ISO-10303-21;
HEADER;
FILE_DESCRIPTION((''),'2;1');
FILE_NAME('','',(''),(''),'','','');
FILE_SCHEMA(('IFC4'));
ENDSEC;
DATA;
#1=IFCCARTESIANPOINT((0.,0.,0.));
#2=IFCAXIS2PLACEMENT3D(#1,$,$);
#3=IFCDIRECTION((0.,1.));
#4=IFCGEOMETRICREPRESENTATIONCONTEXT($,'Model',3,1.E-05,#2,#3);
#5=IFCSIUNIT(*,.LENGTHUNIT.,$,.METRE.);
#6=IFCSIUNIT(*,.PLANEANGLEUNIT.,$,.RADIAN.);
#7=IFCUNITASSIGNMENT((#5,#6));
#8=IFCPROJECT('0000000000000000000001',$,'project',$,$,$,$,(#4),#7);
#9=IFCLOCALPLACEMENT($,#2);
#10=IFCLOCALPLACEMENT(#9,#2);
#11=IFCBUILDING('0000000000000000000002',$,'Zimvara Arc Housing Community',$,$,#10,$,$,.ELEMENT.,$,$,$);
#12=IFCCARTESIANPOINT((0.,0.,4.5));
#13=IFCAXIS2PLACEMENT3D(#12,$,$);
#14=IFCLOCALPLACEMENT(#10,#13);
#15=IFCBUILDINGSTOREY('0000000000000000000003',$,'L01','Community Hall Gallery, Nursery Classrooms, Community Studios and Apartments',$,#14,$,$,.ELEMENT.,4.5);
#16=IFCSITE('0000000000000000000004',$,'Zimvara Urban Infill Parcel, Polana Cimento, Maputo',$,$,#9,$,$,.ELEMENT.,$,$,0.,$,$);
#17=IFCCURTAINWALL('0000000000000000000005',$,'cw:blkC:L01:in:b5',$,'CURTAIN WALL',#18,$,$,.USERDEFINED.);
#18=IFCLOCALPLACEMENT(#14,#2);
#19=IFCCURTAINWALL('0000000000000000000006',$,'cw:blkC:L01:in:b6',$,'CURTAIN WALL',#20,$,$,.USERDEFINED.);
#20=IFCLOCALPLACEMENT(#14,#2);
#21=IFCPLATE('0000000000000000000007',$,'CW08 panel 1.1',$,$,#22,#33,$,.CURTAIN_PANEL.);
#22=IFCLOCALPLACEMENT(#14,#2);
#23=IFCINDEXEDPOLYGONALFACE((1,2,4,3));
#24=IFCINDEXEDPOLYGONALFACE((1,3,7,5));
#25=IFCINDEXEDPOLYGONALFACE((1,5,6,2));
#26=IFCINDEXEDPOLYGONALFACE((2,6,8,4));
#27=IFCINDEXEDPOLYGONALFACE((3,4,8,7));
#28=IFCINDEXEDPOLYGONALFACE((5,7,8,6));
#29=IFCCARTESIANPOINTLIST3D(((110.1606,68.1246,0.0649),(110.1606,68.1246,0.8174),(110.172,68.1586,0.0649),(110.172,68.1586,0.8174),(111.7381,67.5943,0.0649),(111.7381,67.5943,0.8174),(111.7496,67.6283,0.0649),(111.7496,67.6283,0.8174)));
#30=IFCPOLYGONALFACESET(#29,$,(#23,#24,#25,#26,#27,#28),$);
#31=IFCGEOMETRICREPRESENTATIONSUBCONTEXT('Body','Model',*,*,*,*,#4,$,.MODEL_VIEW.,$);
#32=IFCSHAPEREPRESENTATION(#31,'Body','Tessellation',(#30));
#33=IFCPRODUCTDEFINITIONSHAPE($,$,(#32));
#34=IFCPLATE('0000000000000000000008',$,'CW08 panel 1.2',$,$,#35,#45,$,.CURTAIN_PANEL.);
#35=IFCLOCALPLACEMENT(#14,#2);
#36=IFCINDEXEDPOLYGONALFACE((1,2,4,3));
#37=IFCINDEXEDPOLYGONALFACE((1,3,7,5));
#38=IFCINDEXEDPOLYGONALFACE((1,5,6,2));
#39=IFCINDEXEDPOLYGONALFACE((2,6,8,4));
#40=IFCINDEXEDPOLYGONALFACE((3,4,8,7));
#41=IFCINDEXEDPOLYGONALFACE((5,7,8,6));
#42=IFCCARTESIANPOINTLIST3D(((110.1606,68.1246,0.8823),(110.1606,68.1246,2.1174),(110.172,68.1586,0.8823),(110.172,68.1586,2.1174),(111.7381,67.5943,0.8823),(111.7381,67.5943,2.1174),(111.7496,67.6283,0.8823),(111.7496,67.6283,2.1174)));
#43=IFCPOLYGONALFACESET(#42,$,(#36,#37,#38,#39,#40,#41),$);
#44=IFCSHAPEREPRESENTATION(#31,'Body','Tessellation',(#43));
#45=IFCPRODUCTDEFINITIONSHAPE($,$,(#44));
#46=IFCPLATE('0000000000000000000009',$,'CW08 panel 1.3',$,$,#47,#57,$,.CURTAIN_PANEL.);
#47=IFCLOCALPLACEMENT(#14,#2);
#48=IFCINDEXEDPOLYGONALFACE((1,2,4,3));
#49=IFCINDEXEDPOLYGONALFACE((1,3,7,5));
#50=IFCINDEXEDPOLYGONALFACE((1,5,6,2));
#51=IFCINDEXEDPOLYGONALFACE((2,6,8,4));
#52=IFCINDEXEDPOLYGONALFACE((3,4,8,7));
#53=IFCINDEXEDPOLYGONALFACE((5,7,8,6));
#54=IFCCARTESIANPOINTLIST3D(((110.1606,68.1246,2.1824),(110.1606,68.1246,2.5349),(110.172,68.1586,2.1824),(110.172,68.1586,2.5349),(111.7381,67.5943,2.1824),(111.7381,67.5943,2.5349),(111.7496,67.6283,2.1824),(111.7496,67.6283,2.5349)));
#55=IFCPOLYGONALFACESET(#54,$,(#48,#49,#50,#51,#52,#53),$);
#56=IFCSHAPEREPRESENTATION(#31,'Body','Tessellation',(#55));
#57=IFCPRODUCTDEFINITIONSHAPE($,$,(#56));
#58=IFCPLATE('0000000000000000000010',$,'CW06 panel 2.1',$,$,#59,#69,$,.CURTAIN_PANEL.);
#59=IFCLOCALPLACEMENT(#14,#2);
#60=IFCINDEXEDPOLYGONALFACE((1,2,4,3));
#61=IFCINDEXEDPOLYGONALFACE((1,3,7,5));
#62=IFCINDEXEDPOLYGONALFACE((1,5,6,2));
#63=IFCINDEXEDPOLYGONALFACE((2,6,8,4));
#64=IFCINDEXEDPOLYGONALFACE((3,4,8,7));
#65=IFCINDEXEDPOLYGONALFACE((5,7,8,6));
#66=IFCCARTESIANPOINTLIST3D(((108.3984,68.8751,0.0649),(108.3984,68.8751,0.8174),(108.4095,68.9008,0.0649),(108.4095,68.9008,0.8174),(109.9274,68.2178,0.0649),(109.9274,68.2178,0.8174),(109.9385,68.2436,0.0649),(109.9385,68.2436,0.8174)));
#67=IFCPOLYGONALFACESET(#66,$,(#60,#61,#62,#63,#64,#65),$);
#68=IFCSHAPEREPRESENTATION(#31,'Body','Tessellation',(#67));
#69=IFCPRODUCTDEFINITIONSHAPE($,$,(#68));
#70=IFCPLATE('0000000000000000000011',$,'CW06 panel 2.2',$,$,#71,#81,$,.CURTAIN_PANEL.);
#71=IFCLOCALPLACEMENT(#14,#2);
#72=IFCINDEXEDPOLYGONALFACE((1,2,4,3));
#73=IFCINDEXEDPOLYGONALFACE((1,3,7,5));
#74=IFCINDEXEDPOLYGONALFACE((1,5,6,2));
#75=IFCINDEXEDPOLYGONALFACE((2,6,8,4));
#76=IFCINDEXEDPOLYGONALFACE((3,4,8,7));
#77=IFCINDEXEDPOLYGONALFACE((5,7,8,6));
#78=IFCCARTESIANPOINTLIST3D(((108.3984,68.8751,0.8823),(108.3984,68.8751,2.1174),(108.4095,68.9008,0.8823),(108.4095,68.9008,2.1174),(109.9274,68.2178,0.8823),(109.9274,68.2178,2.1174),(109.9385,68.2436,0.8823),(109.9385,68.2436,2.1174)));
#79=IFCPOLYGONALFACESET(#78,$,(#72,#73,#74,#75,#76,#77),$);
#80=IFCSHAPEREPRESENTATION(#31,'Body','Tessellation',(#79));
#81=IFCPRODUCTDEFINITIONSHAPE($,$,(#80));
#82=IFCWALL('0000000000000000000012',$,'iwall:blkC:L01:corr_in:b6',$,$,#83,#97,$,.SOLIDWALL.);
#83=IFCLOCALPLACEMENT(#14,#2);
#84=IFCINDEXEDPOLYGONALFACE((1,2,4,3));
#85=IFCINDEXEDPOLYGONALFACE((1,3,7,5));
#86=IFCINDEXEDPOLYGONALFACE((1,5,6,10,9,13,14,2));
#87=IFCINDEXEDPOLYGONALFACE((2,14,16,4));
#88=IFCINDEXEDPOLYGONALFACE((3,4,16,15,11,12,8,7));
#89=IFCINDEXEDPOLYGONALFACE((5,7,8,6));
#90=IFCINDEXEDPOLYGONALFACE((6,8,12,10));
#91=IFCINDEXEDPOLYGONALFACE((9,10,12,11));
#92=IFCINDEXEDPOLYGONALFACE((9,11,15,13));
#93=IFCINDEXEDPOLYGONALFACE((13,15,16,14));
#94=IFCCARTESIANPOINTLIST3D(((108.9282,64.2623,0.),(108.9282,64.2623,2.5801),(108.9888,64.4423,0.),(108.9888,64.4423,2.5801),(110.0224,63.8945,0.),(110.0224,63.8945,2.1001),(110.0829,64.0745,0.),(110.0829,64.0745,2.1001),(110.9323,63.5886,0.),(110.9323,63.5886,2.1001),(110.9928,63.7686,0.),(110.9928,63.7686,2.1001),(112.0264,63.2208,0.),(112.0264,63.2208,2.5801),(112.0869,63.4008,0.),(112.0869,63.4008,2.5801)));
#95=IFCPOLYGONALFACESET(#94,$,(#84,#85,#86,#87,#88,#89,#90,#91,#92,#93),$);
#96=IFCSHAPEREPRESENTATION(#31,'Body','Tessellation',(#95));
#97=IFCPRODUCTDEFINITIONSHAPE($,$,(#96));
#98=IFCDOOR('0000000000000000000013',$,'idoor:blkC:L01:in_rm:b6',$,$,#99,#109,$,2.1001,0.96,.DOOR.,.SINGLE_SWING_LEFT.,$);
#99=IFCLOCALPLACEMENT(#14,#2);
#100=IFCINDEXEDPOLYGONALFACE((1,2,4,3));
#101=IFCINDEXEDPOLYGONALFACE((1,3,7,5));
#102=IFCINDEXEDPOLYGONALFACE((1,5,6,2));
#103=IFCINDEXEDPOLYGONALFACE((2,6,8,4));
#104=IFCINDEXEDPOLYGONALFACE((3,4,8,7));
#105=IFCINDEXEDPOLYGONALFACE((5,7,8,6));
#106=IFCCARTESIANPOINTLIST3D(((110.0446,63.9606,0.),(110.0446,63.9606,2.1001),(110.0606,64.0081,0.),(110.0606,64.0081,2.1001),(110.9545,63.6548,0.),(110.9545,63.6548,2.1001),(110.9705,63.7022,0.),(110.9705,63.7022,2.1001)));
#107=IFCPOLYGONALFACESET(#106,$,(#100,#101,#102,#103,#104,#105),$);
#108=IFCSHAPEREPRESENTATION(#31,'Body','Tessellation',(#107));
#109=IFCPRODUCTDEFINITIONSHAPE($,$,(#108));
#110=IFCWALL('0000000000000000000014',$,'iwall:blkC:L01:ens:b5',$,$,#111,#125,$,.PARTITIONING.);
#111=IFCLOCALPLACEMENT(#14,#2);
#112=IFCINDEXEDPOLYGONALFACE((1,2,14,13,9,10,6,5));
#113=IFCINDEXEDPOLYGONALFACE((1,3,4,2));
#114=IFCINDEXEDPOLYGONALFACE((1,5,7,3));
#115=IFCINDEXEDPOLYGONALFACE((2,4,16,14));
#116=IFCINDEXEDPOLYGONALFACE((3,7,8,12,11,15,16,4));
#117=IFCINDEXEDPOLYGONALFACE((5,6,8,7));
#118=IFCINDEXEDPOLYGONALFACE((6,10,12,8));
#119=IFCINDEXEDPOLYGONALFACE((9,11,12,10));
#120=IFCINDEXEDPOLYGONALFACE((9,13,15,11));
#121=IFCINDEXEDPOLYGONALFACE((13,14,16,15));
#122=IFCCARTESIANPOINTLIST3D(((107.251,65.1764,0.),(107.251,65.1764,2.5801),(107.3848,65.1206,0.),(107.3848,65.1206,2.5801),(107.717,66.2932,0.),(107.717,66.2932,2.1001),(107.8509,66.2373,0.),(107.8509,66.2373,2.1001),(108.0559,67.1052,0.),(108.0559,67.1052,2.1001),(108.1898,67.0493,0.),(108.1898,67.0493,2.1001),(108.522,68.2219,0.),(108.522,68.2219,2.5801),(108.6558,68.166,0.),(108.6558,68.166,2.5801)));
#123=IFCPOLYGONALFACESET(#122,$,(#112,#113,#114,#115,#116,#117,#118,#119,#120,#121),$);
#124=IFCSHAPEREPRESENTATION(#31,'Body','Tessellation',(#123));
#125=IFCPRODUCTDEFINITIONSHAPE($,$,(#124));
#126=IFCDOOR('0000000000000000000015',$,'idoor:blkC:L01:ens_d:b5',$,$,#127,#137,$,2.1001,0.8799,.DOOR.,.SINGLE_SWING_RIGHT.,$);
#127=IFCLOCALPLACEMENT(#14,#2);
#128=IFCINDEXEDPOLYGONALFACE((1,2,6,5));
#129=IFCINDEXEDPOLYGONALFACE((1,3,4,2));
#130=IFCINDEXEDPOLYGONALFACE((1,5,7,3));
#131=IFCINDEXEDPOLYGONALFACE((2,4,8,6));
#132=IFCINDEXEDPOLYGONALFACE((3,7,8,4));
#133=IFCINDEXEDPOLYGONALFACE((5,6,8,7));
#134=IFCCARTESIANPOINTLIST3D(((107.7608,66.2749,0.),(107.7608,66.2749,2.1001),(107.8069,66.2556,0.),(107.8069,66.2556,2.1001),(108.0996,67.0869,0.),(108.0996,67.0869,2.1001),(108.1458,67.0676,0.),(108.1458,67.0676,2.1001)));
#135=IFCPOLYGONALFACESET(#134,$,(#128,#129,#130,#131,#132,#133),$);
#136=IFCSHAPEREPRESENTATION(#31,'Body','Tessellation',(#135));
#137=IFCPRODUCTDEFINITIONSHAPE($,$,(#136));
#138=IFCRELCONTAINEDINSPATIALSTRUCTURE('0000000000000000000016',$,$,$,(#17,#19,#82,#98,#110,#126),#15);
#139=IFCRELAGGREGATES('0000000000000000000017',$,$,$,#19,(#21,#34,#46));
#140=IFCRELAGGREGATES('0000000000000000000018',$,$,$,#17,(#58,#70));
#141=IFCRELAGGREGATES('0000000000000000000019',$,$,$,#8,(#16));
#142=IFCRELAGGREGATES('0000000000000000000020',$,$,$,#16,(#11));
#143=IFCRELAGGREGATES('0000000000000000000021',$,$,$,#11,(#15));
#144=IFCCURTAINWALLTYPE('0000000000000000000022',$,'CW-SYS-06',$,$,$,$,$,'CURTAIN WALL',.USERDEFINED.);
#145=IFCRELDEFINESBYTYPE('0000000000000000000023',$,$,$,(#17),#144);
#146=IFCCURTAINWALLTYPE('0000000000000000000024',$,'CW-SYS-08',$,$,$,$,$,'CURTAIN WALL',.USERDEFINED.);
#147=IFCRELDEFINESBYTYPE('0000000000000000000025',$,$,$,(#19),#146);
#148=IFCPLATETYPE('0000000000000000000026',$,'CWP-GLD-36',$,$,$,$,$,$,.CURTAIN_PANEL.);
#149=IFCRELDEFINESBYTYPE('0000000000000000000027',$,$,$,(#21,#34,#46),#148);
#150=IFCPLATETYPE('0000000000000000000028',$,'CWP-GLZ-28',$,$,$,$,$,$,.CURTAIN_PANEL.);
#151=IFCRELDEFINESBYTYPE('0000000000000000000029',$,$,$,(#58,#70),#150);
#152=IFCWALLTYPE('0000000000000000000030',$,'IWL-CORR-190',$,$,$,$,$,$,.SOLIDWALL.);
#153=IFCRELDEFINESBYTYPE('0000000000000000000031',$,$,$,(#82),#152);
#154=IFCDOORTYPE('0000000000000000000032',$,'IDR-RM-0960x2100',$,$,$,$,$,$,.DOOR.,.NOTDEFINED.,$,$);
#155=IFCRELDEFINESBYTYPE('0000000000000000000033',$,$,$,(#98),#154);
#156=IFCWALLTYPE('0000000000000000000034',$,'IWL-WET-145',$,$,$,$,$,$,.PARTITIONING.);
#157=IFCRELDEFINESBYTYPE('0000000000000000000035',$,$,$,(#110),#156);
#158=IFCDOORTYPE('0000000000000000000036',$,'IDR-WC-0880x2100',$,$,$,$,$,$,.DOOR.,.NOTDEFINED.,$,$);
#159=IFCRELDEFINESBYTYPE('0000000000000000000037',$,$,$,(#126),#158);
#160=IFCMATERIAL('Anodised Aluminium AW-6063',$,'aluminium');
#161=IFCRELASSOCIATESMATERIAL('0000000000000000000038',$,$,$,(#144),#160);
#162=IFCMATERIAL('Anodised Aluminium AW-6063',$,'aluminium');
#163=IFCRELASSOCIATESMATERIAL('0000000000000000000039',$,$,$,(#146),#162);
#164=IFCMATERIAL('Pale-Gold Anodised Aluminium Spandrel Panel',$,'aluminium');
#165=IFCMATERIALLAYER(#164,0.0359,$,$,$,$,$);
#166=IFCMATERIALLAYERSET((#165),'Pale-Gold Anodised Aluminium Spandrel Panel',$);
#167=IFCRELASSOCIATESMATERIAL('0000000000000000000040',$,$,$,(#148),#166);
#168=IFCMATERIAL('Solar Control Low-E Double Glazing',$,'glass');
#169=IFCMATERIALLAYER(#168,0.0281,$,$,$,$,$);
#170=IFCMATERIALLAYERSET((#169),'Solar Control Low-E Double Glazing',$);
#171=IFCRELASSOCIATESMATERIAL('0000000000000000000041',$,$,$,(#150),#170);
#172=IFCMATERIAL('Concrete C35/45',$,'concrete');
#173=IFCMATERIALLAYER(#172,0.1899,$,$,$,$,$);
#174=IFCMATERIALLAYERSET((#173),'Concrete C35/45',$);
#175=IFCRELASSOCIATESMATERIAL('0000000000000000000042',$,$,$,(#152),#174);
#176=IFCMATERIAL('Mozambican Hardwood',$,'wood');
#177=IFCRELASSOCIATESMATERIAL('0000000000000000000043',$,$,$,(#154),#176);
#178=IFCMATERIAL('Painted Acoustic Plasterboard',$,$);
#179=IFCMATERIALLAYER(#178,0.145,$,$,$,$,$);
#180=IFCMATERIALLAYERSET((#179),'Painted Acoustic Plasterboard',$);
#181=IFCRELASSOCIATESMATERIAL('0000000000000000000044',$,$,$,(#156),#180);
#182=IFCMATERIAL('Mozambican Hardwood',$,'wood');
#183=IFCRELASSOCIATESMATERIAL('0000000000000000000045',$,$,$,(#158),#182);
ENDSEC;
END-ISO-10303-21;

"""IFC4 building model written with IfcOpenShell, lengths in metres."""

from ifc_helpers import new_model, si_unit, direction, frame, frame_2d, origin, origin_2d, place, context, subcontext, project, spatial, rectangle, extrude, material, layer, layer_set, type_object, element, fill, aggregate, save


model = new_model("IFC4")

# Units and contexts
model_context = context("Model", 3, precision=1e-05, world=origin(), true_north=direction((0.0, 1.0)))
body_context = subcontext(model_context, "Body", "Model", "MODEL_VIEW")
ifc_project = project(units=[si_unit("LENGTHUNIT", "METRE"), si_unit("PLANEANGLEUNIT", "RADIAN")], contexts=[model_context])

# Site, building, storey
site_placement = place(None, origin())
site = spatial("IfcSite", under=ifc_project, at=site_placement, Name="Zimvara Urban Infill Parcel, Polana Cimento, Maputo", CompositionType="ELEMENT", RefElevation=0.0)
building_placement = place(site_placement, origin())
building = spatial("IfcBuilding", under=site, at=building_placement, Name="Zimvara Arc Housing Community", CompositionType="ELEMENT")
storey_placement = place(building_placement, frame((0.0, 0.0, 4.5)))
storey = spatial("IfcBuildingStorey", under=building, at=storey_placement, Name="L01", Description="Community Hall Gallery, Nursery Classrooms, Community Studios and Apartments", CompositionType="ELEMENT", Elevation=4.5)

# Curtain wall
ifc_material_1 = material(Name="Anodised Aluminium AW-6063", Category="aluminium")
curtain_wall_type_1 = type_object("IfcCurtainWallType", Name="CW-SYS-06", ElementType="CURTAIN WALL", PredefinedType="USERDEFINED", material=ifc_material_1)
curtain_wall_1_placement = place(storey_placement, origin())
curtain_wall_1 = element("IfcCurtainWall", 1, at=curtain_wall_1_placement, inside=storey, type_object=curtain_wall_type_1, Name="cw:blkC:L01:in:b5", ObjectType="CURTAIN WALL", PredefinedType="USERDEFINED")

# Curtain wall, plates
ifc_material_2 = material(Name="Anodised Aluminium AW-6063", Category="aluminium")
curtain_wall_type_2 = type_object("IfcCurtainWallType", Name="CW-SYS-08", ElementType="CURTAIN WALL", PredefinedType="USERDEFINED", material=ifc_material_2)
curtain_wall_2_placement = place(storey_placement, origin())
curtain_wall_2 = element("IfcCurtainWall", 2, at=curtain_wall_2_placement, inside=storey, type_object=curtain_wall_type_2, Name="cw:blkC:L01:in:b6", ObjectType="CURTAIN WALL", PredefinedType="USERDEFINED")
ifc_material_3 = material(Name="Pale-Gold Anodised Aluminium Spandrel Panel", Category="aluminium")
ifc_layer_1 = layer(ifc_material_3, 0.0359)
ifc_layer_set_1 = layer_set([ifc_layer_1], Name="Pale-Gold Anodised Aluminium Spandrel Panel")
plate_type_1 = type_object("IfcPlateType", Name="CWP-GLD-36", PredefinedType="CURTAIN_PANEL", material=ifc_layer_set_1)
plate_1_placement = place(storey_placement, frame((110.9551, 67.8765, 0.0649), z_axis=(0.0, 0.0, 1.0), x_axis=(0.947879, -0.31863, 0.0)))
plate_1 = element("IfcPlate", 3, at=plate_1_placement, type_object=plate_type_1, Name="CW08 panel 1.1", PredefinedType="CURTAIN_PANEL", context=body_context, shape_type="SweptSolid", body=[
    extrude(rectangle(XDim=1.6643, YDim=0.0359, at=origin_2d()), origin(), (0.0, 0.0, 1.0), 0.7524),
])
plate_2_placement = place(storey_placement, frame((110.9551, 67.8765, 0.8823), z_axis=(0.0, 0.0, 1.0), x_axis=(0.947879, -0.31863, 0.0)))
plate_2 = element("IfcPlate", 4, at=plate_2_placement, type_object=plate_type_1, Name="CW08 panel 1.2", PredefinedType="CURTAIN_PANEL", context=body_context, shape_type="SweptSolid", body=[
    extrude(rectangle(XDim=1.6643, YDim=0.0359, at=origin_2d()), origin(), (0.0, 0.0, 1.0), 1.2351),
])
plate_3_placement = place(storey_placement, frame((110.9551, 67.8765, 2.1824), z_axis=(0.0, 0.0, 1.0), x_axis=(0.947879, -0.31863, 0.0)))
plate_3 = element("IfcPlate", 5, at=plate_3_placement, type_object=plate_type_1, Name="CW08 panel 1.3", PredefinedType="CURTAIN_PANEL", context=body_context, shape_type="SweptSolid", body=[
    extrude(rectangle(XDim=1.6643, YDim=0.0359, at=origin_2d()), origin(), (0.0, 0.0, 1.0), 0.3525),
])
aggregate(curtain_wall_2, [plate_1, plate_2, plate_3])

# Plates
ifc_material_4 = material(Name="Solar Control Low-E Double Glazing", Category="glass")
ifc_layer_2 = layer(ifc_material_4, 0.0281)
ifc_layer_set_2 = layer_set([ifc_layer_2], Name="Solar Control Low-E Double Glazing")
plate_type_2 = type_object("IfcPlateType", Name="CWP-GLZ-28", PredefinedType="CURTAIN_PANEL", material=ifc_layer_set_2)
plate_4_placement = place(storey_placement, frame((109.1685, 68.5593, 0.0649), z_axis=(0.0, 0.0, 1.0), x_axis=(0.918722, -0.394904, 0.0)))
plate_4 = element("IfcPlate", 6, at=plate_4_placement, type_object=plate_type_2, Name="CW06 panel 2.1", PredefinedType="CURTAIN_PANEL", context=body_context, shape_type="SweptSolid", body=[
    extrude(rectangle(XDim=1.6643, YDim=0.0281, at=origin_2d()), origin(), (0.0, 0.0, 1.0), 0.7524),
])
plate_5_placement = place(storey_placement, frame((109.1685, 68.5593, 0.8823), z_axis=(0.0, 0.0, 1.0), x_axis=(0.918722, -0.394904, 0.0)))
plate_5 = element("IfcPlate", 7, at=plate_5_placement, type_object=plate_type_2, Name="CW06 panel 2.2", PredefinedType="CURTAIN_PANEL", context=body_context, shape_type="SweptSolid", body=[
    extrude(rectangle(XDim=1.6643, YDim=0.0281, at=origin_2d()), origin(), (0.0, 0.0, 1.0), 1.2351),
])
aggregate(curtain_wall_1, [plate_4, plate_5])

# Walls, openings, doors
ifc_material_5 = material(Name="Concrete C35/45", Category="concrete")
ifc_layer_3 = layer(ifc_material_5, 0.1899)
ifc_layer_set_3 = layer_set([ifc_layer_3], Name="Concrete C35/45")
wall_type_1 = type_object("IfcWallType", Name="IWL-CORR-190", PredefinedType="SOLIDWALL", material=ifc_layer_set_3)
wall_1_placement = place(storey_placement, frame((108.9585, 64.3523, 0.0), z_axis=(0.0, 0.0, 1.0), x_axis=(0.947874, -0.318647, 0.0)))
wall_1 = element("IfcWall", 8, at=wall_1_placement, inside=storey, type_object=wall_type_1, Name="iwall:blkC:L01:corr_in:b6", PredefinedType="SOLIDWALL", context=body_context, shape_type="SweptSolid", body=[
    extrude(rectangle(XDim=3.2686, YDim=0.1899, at=frame_2d((1.6343, 0.0))), origin(), (0.0, 0.0, 1.0), 2.5801),
])
opening_1_placement = place(wall_1_placement, frame((1.1543, 0.0, 0.0)))
opening_1 = element("IfcOpeningElement", 9, at=opening_1_placement, cuts=wall_1, PredefinedType="OPENING", context=body_context, shape_type="SweptSolid", body=[
    extrude(rectangle(XDim=0.96, YDim=2.1001, at=frame_2d((0.48, 1.05))), frame((0.0, 0.105, 0.0), z_axis=(0.0, -1.0, 0.0), x_axis=(1.0, 0.0, 0.0)), (0.0, 0.0, 1.0), 0.21),
])
ifc_material_6 = material(Name="Mozambican Hardwood", Category="wood")
door_type_1 = type_object("IfcDoorType", Name="IDR-RM-0960x2100", OperationType="NOTDEFINED", PredefinedType="DOOR", material=ifc_material_6)
door_1_placement = place(opening_1_placement, origin())
door_1 = element("IfcDoor", 10, at=door_1_placement, inside=storey, type_object=door_type_1, Name="idoor:blkC:L01:in_rm:b6", OperationType="SINGLE_SWING_LEFT", OverallHeight=2.1001, OverallWidth=0.96, PredefinedType="DOOR", context=body_context, shape_type="SweptSolid", body=[
    extrude(rectangle(XDim=0.96, YDim=2.1001, at=frame_2d((0.48, 1.05))), frame((0.0, 0.0249, 0.0), z_axis=(0.0, -1.0, 0.0), x_axis=(1.0, 0.0, 0.0)), (0.0, 0.0, 1.0), 0.05),
])
fill(opening_1, door_1)
ifc_material_7 = material(Name="Painted Acoustic Plasterboard")
ifc_layer_4 = layer(ifc_material_7, 0.145)
ifc_layer_set_4 = layer_set([ifc_layer_4], Name="Painted Acoustic Plasterboard")
wall_type_2 = type_object("IfcWallType", Name="IWL-WET-145", PredefinedType="PARTITIONING", material=ifc_layer_set_4)
wall_2_placement = place(storey_placement, frame((108.5889, 68.1938, 0.0), z_axis=(0.0, 0.0, 1.0), x_axis=(-0.385151, -0.922854, 0.0)))
wall_2 = element("IfcWall", 11, at=wall_2_placement, inside=storey, type_object=wall_type_2, Name="iwall:blkC:L01:ens:b5", PredefinedType="PARTITIONING", context=body_context, shape_type="SweptSolid", body=[
    extrude(rectangle(XDim=3.3, YDim=0.145, at=frame_2d((1.6499, 0.0))), origin(), (0.0, 0.0, 1.0), 2.5801),
])
opening_2_placement = place(wall_2_placement, frame((1.21, 0.0, 0.0)))
opening_2 = element("IfcOpeningElement", 12, at=opening_2_placement, cuts=wall_2, PredefinedType="OPENING", context=body_context, shape_type="SweptSolid", body=[
    extrude(rectangle(XDim=0.8799, YDim=2.1001, at=frame_2d((0.4399, 1.05))), frame((0.0, 0.0825, 0.0), z_axis=(0.0, -1.0, 0.0), x_axis=(1.0, 0.0, 0.0)), (0.0, 0.0, 1.0), 0.165),
])
ifc_material_8 = material(Name="Mozambican Hardwood", Category="wood")
door_type_2 = type_object("IfcDoorType", Name="IDR-WC-0880x2100", OperationType="NOTDEFINED", PredefinedType="DOOR", material=ifc_material_8)
door_2_placement = place(opening_2_placement, origin())
door_2 = element("IfcDoor", 13, at=door_2_placement, inside=storey, type_object=door_type_2, Name="idoor:blkC:L01:ens_d:b5", OperationType="SINGLE_SWING_RIGHT", OverallHeight=2.1001, OverallWidth=0.8799, PredefinedType="DOOR", context=body_context, shape_type="SweptSolid", body=[
    extrude(rectangle(XDim=0.8799, YDim=2.1001, at=frame_2d((0.4399, 1.05))), frame((0.0, 0.0249, 0.0), z_axis=(0.0, -1.0, 0.0), x_axis=(1.0, 0.0, 0.0)), (0.0, 0.0, 1.0), 0.05),
])
fill(opening_2, door_2)

save(model, "model.ifc")
